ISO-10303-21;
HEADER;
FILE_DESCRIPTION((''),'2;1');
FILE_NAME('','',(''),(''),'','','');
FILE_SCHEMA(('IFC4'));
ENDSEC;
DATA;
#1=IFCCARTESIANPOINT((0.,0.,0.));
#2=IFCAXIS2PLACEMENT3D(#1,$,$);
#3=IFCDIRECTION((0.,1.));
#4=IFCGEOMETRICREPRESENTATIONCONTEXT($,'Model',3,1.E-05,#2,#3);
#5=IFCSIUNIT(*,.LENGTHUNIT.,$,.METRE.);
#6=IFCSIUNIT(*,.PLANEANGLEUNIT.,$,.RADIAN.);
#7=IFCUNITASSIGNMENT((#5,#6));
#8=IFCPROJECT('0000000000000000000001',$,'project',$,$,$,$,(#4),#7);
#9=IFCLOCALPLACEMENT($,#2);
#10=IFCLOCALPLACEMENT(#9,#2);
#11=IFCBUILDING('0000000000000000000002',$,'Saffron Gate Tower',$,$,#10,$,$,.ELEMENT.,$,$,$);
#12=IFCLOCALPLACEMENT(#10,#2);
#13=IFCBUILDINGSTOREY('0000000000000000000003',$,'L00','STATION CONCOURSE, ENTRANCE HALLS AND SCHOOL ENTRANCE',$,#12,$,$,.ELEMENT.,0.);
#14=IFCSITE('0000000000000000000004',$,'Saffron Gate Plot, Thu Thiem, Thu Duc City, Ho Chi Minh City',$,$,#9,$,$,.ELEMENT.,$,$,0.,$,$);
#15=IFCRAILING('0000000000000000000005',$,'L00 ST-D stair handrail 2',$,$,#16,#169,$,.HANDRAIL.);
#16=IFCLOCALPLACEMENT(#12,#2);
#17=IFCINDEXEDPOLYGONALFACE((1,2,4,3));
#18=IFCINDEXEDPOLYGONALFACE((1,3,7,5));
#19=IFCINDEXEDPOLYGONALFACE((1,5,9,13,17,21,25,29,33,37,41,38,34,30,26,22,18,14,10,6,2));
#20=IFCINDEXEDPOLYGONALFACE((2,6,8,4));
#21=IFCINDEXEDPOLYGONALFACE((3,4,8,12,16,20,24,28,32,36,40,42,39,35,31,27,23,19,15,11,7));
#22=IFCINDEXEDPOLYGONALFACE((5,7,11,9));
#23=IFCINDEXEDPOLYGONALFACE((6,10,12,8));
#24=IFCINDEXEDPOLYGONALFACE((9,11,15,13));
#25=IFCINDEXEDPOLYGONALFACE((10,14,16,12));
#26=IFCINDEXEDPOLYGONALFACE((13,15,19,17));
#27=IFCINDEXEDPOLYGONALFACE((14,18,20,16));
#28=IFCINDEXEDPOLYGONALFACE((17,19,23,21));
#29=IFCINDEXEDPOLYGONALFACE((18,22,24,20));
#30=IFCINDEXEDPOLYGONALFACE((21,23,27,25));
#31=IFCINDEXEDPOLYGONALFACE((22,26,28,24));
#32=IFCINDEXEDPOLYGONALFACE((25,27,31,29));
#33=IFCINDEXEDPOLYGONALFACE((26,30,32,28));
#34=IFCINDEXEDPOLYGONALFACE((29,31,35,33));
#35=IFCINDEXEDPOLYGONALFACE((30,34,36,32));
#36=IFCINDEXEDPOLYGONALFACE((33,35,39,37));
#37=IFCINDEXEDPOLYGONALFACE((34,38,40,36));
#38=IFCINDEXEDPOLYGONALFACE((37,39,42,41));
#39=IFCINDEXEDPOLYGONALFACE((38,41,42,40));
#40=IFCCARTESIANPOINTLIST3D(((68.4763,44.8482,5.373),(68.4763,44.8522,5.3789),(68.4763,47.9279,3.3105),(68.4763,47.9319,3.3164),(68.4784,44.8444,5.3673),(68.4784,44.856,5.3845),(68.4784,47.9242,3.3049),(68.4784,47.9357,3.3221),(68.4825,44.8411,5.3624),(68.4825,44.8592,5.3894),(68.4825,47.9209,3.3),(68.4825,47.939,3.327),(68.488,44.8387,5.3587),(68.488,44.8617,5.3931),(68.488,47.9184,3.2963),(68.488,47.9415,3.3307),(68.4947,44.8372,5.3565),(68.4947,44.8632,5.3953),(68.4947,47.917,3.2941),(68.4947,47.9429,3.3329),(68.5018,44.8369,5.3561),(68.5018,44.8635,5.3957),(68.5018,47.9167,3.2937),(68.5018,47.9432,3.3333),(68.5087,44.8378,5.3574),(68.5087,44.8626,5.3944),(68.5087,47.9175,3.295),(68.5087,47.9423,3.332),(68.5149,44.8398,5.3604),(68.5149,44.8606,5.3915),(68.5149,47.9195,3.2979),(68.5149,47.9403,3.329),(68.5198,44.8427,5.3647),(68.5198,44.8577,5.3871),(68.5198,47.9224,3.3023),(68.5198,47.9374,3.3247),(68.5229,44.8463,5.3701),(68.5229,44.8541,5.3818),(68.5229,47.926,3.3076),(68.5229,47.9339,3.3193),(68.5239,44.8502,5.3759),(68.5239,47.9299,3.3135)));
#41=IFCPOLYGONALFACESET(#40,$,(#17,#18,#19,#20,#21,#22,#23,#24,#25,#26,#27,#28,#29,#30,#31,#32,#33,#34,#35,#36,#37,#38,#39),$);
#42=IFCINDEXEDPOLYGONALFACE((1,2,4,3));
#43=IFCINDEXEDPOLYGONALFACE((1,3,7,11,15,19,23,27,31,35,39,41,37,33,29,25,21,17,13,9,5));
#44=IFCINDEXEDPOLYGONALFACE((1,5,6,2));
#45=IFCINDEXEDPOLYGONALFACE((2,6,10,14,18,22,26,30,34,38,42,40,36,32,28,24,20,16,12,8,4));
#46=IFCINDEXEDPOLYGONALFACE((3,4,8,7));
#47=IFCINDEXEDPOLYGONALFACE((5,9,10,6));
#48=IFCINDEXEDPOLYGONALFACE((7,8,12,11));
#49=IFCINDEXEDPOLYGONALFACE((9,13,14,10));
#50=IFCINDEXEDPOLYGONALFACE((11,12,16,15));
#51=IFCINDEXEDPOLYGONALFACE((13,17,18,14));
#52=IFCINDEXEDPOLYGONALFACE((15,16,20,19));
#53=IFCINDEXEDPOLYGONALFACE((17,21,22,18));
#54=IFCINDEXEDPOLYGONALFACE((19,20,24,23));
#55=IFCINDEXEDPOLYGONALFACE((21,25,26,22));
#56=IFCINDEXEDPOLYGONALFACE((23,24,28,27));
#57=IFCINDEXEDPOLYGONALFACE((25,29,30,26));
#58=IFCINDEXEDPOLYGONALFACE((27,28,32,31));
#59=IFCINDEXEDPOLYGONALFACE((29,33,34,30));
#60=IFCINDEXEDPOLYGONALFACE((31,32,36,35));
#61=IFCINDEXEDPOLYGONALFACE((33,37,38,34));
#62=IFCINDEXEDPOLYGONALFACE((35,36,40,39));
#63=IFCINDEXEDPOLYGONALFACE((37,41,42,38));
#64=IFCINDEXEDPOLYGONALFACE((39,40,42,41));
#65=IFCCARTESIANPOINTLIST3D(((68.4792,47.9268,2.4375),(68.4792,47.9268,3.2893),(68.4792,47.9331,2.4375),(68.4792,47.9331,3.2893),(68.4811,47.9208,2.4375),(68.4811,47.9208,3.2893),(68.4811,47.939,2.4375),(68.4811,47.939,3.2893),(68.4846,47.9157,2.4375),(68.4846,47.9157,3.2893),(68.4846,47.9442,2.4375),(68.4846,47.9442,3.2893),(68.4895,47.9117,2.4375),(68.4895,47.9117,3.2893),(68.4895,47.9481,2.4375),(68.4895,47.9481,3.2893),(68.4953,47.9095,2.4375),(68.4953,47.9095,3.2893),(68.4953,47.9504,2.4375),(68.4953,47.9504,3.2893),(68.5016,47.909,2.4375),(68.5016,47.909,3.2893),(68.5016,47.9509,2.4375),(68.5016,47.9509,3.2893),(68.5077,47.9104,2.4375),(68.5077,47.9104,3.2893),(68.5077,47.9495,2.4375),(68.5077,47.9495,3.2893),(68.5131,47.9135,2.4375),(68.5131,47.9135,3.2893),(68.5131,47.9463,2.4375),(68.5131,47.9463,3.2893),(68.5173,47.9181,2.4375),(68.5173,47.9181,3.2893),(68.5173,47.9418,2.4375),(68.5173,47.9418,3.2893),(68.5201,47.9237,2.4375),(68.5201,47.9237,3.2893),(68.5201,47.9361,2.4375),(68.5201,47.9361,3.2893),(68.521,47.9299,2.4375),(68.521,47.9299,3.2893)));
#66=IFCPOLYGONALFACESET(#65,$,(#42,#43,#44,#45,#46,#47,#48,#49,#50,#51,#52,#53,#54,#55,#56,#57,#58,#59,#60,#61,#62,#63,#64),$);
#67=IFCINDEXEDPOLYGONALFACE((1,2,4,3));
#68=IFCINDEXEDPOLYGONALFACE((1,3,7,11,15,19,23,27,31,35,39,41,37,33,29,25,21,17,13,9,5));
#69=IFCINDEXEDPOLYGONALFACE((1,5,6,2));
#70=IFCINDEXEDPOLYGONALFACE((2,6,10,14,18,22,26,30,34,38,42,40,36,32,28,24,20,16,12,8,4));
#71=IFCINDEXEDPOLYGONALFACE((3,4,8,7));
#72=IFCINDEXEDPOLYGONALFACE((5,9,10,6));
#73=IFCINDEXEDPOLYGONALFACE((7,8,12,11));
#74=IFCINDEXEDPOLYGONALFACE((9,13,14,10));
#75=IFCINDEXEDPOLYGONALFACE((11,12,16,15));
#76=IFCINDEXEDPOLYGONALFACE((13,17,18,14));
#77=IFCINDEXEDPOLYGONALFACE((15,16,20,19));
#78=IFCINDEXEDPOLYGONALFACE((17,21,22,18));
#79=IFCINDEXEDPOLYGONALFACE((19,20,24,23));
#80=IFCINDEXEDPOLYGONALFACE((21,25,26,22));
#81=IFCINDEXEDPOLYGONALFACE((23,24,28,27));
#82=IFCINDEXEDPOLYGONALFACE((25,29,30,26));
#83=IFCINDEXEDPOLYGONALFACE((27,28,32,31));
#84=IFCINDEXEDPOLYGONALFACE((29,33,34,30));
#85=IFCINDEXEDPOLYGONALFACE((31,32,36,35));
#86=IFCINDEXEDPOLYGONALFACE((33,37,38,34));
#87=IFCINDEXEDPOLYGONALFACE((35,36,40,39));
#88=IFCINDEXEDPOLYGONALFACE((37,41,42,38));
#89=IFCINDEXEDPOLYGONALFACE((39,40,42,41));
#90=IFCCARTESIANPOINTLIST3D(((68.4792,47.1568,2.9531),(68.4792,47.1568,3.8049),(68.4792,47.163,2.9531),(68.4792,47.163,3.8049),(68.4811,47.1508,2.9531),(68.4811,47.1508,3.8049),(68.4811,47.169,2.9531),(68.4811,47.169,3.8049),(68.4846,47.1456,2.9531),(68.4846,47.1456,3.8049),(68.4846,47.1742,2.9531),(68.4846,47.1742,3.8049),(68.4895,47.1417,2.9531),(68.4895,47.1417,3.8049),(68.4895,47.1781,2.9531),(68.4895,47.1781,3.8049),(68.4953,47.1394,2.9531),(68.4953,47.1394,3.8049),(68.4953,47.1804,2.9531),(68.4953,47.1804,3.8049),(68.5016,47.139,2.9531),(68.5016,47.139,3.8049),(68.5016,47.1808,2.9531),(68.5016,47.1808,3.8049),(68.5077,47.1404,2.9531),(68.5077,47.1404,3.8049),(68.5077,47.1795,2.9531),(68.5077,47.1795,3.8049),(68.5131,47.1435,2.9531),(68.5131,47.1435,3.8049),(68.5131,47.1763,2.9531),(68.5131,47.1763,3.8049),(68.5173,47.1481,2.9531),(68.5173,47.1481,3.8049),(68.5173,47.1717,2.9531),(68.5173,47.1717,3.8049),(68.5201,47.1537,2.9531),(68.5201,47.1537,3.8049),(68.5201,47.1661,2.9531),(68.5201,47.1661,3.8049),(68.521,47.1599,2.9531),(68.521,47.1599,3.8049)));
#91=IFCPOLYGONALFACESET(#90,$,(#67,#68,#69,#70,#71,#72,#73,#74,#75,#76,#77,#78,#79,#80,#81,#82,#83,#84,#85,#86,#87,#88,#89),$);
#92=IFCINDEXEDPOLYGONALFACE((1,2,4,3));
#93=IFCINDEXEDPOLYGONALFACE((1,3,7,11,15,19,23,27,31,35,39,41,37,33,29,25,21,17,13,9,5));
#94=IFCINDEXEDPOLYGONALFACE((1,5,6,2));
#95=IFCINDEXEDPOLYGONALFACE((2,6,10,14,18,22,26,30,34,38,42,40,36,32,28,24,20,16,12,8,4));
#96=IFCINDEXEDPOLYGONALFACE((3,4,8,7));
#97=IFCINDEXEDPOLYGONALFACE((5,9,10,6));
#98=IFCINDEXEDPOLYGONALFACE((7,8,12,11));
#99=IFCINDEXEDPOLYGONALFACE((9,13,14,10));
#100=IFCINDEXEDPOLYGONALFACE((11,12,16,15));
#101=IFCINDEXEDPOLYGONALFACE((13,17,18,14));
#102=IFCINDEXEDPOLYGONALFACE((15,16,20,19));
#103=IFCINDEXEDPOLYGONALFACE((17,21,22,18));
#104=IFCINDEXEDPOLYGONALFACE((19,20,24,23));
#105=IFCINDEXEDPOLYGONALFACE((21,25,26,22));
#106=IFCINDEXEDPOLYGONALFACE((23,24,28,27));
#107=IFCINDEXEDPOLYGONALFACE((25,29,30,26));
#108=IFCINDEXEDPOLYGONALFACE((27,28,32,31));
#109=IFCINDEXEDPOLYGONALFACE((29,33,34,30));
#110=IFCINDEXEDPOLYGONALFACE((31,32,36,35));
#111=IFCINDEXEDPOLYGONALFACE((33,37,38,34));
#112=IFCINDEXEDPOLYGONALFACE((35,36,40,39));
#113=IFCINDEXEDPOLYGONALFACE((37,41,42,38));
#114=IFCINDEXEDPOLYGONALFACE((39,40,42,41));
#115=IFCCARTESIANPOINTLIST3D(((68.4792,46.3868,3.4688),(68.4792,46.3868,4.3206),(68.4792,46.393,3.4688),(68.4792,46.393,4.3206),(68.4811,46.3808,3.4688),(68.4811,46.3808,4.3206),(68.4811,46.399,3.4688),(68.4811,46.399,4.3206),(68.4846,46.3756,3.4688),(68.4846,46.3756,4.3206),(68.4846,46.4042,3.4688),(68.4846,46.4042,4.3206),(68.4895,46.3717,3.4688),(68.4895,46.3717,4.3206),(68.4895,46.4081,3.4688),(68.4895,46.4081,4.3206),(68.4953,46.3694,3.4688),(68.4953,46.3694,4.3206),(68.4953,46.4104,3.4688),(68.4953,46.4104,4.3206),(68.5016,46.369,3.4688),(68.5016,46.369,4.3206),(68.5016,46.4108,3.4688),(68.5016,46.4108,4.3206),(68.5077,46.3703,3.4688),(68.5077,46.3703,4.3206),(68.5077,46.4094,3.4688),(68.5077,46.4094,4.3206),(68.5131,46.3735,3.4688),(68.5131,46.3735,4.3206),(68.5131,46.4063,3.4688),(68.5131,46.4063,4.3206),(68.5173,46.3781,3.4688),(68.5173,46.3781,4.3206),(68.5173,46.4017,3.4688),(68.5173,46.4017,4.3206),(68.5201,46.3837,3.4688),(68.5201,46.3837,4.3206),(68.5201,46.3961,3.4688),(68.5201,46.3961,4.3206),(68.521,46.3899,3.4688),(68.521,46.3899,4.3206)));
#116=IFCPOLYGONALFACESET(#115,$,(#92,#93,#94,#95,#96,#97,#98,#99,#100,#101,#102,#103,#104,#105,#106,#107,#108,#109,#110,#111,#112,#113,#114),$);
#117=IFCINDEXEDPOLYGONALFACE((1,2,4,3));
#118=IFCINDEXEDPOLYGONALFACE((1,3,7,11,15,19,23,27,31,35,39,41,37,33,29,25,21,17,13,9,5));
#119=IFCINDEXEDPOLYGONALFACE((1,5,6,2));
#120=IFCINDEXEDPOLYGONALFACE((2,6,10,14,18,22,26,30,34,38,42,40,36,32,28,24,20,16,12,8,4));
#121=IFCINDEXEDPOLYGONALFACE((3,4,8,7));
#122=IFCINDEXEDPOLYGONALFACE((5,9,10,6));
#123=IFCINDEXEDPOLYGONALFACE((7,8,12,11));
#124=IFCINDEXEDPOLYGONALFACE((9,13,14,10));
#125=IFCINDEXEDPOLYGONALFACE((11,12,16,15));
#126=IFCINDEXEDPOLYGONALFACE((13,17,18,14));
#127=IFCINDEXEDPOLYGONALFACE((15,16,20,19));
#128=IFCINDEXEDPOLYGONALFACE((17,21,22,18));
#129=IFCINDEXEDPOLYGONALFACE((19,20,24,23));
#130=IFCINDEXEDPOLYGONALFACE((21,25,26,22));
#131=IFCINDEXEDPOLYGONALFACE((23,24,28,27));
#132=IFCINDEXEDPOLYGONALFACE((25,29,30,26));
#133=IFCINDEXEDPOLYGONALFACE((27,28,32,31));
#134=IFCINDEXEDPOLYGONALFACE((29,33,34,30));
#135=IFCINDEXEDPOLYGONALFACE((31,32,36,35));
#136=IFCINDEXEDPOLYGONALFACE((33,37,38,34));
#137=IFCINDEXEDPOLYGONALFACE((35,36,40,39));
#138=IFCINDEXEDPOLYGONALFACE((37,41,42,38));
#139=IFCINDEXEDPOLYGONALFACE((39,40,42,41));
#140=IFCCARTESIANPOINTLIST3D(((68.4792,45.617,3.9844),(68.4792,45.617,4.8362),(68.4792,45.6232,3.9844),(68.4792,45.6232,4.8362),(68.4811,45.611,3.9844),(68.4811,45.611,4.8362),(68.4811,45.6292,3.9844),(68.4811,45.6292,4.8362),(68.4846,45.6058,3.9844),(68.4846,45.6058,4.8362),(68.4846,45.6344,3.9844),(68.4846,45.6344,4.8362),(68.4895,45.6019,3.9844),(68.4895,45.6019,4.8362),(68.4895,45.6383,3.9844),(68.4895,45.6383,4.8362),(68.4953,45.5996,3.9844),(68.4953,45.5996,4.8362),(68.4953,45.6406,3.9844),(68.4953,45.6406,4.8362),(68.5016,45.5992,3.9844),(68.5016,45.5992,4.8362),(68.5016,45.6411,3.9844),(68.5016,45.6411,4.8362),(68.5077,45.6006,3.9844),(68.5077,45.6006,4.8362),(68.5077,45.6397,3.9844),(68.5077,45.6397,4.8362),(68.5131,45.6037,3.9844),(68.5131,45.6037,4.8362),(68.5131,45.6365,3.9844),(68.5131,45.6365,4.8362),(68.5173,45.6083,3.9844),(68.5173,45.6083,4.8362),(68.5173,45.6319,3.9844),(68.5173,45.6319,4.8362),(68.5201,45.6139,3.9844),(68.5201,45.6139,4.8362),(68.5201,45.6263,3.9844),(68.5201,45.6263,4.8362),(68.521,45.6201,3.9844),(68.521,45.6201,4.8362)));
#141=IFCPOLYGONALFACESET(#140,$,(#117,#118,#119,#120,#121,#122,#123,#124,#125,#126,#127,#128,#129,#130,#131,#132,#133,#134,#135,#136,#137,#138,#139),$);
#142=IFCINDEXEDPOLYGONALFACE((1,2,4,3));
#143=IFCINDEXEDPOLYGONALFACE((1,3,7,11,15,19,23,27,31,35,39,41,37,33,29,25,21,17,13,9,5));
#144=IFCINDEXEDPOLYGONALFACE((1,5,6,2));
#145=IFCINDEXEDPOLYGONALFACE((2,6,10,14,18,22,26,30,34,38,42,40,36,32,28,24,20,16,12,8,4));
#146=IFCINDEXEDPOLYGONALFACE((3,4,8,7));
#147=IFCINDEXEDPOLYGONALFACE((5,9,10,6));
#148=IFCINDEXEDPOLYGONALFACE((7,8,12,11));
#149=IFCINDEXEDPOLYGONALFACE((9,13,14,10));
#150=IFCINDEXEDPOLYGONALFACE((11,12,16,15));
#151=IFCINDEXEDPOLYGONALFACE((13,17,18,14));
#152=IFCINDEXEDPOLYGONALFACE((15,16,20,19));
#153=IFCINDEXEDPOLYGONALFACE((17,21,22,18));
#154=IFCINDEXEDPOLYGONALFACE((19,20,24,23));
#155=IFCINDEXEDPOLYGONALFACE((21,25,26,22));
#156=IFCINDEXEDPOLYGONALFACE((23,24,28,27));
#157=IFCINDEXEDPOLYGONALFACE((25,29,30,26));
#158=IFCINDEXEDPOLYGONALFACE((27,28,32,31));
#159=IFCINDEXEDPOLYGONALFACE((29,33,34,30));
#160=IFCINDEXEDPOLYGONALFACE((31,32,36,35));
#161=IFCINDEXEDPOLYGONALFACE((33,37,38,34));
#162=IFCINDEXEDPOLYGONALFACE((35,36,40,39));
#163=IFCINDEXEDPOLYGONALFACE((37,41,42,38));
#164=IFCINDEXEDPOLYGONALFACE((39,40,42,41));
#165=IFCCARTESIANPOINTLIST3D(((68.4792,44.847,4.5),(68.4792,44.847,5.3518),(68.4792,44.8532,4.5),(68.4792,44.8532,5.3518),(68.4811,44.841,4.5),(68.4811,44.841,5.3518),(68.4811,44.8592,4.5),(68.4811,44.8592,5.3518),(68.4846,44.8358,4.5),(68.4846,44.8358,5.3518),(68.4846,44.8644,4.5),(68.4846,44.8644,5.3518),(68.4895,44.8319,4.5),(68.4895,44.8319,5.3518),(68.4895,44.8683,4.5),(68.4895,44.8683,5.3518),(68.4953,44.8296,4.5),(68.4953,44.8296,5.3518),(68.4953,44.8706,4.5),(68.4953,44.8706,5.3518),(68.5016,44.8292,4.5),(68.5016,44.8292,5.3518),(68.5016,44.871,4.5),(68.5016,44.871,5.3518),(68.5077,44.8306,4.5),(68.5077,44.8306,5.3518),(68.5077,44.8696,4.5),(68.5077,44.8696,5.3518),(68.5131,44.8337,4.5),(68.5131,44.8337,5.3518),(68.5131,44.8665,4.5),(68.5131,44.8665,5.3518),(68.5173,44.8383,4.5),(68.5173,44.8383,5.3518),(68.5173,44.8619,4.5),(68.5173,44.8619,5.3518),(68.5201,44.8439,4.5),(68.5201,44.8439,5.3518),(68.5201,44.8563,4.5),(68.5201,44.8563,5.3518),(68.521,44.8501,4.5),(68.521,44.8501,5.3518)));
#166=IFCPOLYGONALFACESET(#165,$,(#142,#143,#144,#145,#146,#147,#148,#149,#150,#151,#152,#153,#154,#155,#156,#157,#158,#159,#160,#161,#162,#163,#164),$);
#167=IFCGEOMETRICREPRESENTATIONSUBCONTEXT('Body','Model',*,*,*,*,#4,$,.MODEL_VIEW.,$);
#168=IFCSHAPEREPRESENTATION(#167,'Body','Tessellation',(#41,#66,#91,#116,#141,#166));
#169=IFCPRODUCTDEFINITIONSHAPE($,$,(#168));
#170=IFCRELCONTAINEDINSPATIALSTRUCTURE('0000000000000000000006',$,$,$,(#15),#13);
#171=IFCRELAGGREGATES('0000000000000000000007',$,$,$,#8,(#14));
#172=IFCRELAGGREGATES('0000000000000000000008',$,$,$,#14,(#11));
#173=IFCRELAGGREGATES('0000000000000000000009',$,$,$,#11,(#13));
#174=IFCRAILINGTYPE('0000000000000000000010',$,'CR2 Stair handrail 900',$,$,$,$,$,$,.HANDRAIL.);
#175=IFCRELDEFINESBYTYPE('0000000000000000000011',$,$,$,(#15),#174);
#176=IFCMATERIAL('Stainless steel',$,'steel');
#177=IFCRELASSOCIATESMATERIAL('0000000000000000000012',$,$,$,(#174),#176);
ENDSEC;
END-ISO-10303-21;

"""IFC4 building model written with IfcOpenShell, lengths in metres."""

from ifc_helpers import new_model, si_unit, direction, frame, origin, origin_2d, place, context, subcontext, project, spatial, circle, extrude, material, type_object, element, save


model = new_model("IFC4")

# Units and contexts
model_context = context("Model", 3, precision=1e-05, world=origin(), true_north=direction((0.0, 1.0)))
body_context = subcontext(model_context, "Body", "Model", "MODEL_VIEW")
ifc_project = project(units=[si_unit("LENGTHUNIT", "METRE"), si_unit("PLANEANGLEUNIT", "RADIAN")], contexts=[model_context])

# Site, building, storey
site_placement = place(None, origin())
site = spatial("IfcSite", under=ifc_project, at=site_placement, Name="Saffron Gate Plot, Thu Thiem, Thu Duc City, Ho Chi Minh City", CompositionType="ELEMENT", RefElevation=0.0)
building_placement = place(site_placement, origin())
building = spatial("IfcBuilding", under=site, at=building_placement, Name="Saffron Gate Tower", CompositionType="ELEMENT")
storey_placement = place(building_placement, origin())
storey = spatial("IfcBuildingStorey", under=building, at=storey_placement, Name="L00", Description="STATION CONCOURSE, ENTRANCE HALLS AND SCHOOL ENTRANCE", CompositionType="ELEMENT", Elevation=0.0)

# Railing
ifc_material_1 = material(Name="Stainless steel", Category="steel")
railing_type_1 = type_object("IfcRailingType", Name="CR2 Stair handrail 900", PredefinedType="HANDRAIL", material=ifc_material_1)
railing_1_placement = place(storey_placement, frame((68.5, 47.9299, 2.4375)))
element("IfcRailing", 1, at=railing_1_placement, inside=storey, type_object=railing_type_1, Name="L00 ST-D stair handrail 2", PredefinedType="HANDRAIL", context=body_context, shape_type="SweptSolid", body=[
    extrude(circle(Radius=0.0239, at=origin_2d()), frame((0.0, 0.0, 0.876), z_axis=(0.0, -0.830893, 0.556432), x_axis=(1.0, 0.0, 0.0)), (0.0, 0.0, 1.0), 3.7065),
    extrude(circle(Radius=0.021, at=origin_2d()), origin(), (0.0, 0.0, 1.0), 0.8518),
    extrude(circle(Radius=0.021, at=origin_2d()), frame((0.0, -0.77, 0.5156)), (0.0, 0.0, 1.0), 0.8518),
    extrude(circle(Radius=0.021, at=origin_2d()), frame((0.0, -1.54, 1.0312)), (0.0, 0.0, 1.0), 0.8518),
    extrude(circle(Radius=0.021, at=origin_2d()), frame((0.0, -2.3098, 1.5469)), (0.0, 0.0, 1.0), 0.8518),
    extrude(circle(Radius=0.021, at=origin_2d()), frame((0.0, -3.0798, 2.0625)), (0.0, 0.0, 1.0), 0.8518),
])

save(model, "model.ifc")
